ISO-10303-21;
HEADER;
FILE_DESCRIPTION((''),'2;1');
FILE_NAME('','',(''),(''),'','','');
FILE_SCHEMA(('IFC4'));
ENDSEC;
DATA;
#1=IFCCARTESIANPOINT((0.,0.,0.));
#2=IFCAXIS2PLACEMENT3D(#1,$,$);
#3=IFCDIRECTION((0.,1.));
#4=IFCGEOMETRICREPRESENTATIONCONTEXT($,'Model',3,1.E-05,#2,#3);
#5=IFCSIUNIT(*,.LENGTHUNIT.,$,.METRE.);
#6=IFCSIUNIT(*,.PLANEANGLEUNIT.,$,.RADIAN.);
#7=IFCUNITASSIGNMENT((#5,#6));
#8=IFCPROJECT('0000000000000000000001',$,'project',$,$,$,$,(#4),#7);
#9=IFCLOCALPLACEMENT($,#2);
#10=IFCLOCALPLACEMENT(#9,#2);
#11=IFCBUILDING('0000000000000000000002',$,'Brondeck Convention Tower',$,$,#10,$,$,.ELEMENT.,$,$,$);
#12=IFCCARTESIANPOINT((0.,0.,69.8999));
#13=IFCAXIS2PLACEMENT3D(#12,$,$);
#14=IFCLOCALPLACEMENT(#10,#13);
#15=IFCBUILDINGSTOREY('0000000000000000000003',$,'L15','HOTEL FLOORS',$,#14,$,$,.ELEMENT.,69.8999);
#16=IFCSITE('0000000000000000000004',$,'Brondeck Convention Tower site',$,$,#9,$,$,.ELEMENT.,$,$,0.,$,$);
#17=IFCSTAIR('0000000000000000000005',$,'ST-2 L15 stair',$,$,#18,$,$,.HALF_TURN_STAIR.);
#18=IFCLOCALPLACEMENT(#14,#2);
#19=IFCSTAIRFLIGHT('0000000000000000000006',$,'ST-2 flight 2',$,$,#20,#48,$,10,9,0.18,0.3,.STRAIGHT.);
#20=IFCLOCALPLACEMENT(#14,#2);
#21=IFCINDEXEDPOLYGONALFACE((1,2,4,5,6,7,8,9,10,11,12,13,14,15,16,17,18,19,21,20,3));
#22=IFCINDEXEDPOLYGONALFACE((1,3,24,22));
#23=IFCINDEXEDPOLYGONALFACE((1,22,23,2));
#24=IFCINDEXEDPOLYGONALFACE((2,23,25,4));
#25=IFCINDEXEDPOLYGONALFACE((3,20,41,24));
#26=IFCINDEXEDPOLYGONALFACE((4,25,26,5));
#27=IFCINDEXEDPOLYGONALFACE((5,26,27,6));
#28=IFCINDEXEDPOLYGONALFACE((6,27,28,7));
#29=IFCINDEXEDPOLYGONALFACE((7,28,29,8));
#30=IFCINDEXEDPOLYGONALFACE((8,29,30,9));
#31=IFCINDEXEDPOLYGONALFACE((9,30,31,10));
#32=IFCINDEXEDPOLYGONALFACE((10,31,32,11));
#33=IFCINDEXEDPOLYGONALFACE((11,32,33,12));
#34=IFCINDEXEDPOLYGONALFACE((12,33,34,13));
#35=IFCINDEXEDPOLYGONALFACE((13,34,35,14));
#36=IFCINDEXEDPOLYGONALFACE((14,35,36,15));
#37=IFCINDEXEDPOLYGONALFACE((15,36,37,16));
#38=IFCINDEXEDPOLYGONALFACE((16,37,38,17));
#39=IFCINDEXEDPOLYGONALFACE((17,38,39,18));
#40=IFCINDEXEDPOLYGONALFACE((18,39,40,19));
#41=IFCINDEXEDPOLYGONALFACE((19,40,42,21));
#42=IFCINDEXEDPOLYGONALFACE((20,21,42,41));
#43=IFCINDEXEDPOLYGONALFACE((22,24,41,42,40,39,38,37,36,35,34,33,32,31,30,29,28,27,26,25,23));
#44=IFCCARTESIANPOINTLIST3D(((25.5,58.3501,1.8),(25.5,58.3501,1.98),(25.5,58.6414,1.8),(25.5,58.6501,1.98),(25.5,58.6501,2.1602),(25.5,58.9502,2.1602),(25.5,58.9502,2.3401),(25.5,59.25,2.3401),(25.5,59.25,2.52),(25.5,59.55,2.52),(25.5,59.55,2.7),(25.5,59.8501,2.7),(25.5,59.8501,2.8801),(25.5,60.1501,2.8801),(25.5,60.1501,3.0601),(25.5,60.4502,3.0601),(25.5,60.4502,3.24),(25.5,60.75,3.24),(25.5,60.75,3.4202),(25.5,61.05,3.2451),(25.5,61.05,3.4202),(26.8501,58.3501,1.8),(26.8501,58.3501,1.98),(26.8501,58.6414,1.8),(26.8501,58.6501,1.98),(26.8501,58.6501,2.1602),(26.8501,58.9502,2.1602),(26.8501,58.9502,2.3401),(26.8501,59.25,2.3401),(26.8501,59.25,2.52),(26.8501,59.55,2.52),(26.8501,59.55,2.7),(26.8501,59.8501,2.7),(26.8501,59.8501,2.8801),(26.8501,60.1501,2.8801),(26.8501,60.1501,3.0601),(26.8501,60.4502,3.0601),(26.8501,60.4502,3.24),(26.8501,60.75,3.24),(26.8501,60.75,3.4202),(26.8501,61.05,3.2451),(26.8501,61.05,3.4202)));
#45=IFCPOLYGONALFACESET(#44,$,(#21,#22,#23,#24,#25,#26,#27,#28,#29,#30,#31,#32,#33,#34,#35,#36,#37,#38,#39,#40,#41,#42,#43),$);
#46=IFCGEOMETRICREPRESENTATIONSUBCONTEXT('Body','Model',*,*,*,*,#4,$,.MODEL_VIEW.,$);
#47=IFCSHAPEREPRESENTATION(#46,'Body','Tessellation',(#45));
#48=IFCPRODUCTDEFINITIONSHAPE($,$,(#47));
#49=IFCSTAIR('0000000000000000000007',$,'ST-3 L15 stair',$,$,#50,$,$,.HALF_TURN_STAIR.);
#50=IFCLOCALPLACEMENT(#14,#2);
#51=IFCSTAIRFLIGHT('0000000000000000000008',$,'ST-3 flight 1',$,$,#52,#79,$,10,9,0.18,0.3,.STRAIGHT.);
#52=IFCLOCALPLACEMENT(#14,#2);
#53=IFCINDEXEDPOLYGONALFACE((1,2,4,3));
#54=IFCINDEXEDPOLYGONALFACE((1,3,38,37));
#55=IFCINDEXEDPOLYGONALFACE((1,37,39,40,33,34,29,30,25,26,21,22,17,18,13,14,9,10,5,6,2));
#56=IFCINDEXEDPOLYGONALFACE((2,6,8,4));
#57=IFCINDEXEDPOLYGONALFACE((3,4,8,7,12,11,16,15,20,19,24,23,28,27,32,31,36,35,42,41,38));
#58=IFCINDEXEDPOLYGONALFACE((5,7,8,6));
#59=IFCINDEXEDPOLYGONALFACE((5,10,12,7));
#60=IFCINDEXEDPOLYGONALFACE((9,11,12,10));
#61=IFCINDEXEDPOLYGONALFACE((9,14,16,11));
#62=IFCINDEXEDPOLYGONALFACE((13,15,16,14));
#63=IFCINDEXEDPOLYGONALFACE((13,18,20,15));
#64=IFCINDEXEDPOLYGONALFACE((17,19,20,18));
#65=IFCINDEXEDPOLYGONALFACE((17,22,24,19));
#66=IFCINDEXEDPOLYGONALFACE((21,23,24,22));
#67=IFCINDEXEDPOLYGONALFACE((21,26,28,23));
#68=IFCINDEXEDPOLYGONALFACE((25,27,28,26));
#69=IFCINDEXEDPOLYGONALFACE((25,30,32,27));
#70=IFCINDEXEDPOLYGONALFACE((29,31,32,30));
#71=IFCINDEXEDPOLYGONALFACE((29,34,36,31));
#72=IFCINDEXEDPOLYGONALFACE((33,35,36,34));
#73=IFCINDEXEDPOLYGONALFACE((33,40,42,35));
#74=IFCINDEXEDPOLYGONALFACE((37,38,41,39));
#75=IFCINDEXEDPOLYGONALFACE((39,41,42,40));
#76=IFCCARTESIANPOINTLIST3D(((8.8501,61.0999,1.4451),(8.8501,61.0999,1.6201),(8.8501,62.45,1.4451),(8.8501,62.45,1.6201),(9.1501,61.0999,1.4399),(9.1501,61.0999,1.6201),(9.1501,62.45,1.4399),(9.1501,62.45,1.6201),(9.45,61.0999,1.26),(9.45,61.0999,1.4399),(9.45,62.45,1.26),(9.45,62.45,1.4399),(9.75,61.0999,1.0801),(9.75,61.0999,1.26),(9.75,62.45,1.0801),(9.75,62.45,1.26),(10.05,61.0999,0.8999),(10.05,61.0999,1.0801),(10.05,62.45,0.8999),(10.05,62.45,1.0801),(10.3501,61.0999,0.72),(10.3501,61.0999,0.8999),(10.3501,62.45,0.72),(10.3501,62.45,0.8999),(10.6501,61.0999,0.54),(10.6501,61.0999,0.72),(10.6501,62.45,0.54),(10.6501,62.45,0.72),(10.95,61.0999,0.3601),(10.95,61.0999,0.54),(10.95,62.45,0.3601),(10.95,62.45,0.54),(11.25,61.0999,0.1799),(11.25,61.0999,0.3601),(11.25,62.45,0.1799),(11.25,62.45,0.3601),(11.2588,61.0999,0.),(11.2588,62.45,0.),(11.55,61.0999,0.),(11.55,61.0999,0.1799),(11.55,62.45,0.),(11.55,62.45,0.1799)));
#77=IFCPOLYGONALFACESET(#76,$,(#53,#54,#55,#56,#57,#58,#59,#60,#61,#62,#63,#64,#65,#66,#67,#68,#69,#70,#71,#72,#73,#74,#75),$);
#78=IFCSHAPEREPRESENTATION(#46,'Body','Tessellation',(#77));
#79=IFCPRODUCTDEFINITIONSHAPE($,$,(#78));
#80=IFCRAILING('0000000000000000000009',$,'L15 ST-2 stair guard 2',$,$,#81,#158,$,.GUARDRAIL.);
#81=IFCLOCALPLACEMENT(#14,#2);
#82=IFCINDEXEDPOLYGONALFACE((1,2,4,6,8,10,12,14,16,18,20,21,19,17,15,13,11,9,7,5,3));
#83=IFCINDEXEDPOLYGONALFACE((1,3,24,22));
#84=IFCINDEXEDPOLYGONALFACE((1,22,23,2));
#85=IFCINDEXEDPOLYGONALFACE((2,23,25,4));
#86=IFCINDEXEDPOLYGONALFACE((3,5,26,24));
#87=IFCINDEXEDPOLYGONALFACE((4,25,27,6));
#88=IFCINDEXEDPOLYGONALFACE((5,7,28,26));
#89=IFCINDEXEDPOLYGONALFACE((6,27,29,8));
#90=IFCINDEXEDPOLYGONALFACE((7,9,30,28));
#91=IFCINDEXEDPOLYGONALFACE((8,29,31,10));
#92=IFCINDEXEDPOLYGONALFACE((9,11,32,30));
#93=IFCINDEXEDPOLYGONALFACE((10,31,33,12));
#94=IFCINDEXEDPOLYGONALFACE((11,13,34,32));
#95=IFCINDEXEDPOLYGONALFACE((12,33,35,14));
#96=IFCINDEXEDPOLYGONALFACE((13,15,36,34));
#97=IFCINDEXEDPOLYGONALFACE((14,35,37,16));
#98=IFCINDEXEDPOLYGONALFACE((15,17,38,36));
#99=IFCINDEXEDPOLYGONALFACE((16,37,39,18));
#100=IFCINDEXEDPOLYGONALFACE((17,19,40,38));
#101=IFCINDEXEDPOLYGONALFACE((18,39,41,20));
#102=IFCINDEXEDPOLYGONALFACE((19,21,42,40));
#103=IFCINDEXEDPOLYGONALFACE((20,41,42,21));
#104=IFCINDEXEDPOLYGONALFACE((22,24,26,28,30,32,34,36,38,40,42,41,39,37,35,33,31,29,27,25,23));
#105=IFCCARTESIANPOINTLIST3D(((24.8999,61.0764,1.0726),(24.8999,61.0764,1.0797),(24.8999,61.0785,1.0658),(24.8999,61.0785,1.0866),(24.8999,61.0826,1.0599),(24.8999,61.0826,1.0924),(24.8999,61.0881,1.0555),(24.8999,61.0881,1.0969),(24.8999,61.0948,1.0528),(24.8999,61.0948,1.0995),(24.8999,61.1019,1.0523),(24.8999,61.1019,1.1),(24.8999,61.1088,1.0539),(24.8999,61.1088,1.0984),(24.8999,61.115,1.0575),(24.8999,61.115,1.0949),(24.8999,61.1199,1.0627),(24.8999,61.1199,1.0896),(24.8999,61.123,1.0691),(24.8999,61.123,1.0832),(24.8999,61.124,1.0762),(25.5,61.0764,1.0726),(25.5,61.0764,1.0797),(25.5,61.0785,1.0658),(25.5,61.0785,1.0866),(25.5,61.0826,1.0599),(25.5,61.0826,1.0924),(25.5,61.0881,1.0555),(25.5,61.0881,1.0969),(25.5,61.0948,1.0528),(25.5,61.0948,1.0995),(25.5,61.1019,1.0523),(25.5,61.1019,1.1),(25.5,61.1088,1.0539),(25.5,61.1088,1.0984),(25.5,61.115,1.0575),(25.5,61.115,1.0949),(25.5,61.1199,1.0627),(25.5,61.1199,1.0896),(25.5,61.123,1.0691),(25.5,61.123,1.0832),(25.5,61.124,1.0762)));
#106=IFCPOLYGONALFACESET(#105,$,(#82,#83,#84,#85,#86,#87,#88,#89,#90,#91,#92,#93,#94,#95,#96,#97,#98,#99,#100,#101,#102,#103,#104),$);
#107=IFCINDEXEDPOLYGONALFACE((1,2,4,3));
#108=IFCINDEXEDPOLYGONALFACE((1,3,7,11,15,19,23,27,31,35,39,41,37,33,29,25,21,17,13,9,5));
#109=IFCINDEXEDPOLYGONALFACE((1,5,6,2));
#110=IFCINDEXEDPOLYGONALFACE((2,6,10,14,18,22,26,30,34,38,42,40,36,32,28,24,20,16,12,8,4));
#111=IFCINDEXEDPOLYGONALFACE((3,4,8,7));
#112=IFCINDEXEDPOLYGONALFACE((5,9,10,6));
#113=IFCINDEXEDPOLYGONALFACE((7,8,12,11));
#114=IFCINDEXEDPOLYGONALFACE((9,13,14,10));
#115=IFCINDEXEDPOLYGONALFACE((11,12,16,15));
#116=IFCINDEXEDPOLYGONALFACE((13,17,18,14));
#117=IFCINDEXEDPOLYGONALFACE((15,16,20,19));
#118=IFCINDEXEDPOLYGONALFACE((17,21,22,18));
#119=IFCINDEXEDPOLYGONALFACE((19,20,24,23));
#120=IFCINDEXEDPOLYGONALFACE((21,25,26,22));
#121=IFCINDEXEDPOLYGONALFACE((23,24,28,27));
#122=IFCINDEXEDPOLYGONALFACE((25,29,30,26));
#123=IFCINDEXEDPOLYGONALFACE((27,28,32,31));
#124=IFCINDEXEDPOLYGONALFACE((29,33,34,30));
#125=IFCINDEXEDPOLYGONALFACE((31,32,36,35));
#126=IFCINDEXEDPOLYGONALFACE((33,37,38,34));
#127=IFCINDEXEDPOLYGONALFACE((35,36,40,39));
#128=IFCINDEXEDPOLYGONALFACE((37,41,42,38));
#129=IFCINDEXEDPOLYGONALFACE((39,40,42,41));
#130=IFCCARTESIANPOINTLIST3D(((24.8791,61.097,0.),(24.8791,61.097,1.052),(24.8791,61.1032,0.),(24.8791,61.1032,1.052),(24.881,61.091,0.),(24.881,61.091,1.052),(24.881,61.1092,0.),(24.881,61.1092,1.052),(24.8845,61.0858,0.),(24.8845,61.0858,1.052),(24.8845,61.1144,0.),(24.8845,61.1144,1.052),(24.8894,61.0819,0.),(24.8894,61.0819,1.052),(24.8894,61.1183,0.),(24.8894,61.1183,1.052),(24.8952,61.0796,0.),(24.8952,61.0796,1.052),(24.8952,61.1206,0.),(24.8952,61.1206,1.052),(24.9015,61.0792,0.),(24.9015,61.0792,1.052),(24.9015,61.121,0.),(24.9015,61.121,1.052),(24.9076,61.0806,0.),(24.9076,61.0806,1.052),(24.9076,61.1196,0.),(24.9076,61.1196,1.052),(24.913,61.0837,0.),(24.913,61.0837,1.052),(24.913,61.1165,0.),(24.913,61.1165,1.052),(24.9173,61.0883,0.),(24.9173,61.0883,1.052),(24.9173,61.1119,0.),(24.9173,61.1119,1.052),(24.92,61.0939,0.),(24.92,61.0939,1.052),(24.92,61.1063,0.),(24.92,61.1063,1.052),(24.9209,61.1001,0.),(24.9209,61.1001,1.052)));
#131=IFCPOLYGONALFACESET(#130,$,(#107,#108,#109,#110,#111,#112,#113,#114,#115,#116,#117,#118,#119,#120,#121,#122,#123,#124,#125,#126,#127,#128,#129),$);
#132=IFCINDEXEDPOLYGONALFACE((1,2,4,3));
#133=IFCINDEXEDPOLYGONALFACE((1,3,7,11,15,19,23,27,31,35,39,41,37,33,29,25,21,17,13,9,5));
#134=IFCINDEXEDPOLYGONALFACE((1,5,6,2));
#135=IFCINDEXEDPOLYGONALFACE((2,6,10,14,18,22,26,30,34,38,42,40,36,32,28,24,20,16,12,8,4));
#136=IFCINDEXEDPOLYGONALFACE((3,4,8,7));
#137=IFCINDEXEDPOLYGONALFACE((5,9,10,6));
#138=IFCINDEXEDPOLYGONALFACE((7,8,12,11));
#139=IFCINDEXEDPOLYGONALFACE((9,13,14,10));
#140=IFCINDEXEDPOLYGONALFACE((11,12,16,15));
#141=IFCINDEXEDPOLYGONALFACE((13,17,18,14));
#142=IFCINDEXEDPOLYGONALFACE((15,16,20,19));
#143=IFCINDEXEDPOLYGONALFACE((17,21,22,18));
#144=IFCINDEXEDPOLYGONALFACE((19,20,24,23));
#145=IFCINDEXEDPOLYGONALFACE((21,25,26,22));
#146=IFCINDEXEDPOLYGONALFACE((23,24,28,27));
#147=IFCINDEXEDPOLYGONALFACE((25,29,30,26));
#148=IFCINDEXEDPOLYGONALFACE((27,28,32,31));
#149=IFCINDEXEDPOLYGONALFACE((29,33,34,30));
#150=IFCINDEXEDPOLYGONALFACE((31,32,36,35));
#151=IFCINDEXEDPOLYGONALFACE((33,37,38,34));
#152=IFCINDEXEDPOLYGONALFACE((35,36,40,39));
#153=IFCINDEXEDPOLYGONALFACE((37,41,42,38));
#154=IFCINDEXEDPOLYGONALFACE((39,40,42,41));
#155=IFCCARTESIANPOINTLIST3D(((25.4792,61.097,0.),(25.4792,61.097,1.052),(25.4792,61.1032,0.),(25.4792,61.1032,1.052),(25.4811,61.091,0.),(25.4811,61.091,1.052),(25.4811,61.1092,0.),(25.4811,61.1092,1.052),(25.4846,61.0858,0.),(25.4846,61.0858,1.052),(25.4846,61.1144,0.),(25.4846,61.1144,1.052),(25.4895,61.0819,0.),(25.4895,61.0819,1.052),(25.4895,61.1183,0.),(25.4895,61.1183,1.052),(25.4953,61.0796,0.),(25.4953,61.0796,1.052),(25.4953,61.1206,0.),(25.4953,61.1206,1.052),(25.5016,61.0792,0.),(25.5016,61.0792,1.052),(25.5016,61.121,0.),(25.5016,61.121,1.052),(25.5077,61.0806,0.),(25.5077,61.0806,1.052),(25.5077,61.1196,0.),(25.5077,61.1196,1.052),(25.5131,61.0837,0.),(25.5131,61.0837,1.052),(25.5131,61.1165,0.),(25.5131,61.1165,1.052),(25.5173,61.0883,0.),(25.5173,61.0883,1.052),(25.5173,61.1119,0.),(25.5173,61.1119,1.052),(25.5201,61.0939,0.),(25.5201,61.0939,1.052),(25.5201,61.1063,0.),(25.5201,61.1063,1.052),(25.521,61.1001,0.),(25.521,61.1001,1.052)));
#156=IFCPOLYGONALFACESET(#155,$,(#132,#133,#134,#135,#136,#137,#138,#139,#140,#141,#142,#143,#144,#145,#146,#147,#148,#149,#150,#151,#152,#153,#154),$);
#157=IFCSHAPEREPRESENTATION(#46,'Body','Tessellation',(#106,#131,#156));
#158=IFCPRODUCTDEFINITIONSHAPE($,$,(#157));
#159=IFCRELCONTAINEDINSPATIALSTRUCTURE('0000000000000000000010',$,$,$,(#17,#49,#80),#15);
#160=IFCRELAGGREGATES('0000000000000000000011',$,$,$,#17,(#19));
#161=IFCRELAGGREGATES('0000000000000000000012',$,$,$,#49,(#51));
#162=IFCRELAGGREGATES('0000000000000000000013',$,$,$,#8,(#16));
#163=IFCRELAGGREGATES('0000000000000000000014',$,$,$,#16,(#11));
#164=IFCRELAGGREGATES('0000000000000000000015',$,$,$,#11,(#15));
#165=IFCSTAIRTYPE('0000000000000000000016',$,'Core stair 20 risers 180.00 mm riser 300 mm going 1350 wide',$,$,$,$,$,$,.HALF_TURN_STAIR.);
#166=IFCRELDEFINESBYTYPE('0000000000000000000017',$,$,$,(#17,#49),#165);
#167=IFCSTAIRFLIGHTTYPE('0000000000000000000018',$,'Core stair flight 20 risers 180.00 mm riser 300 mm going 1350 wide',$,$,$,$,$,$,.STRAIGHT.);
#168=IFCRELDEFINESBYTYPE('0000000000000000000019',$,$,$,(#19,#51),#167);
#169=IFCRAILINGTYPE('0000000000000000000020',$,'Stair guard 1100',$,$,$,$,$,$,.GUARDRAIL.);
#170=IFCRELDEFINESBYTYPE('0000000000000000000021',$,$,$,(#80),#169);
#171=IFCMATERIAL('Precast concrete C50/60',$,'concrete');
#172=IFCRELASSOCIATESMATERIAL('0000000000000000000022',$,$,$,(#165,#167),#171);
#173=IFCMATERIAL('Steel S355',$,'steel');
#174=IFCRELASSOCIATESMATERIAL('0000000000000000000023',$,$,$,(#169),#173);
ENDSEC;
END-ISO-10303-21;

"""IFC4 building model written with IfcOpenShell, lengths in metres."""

from ifc_helpers import new_model, si_unit, direction, frame, origin, origin_2d, place, context, subcontext, project, spatial, polyline, circle, outline, extrude, material, type_object, element, aggregate, save


model = new_model("IFC4")

# Units and contexts
model_context = context("Model", 3, precision=1e-05, world=origin(), true_north=direction((0.0, 1.0)))
body_context = subcontext(model_context, "Body", "Model", "MODEL_VIEW")
ifc_project = project(units=[si_unit("LENGTHUNIT", "METRE"), si_unit("PLANEANGLEUNIT", "RADIAN")], contexts=[model_context])

# Site, building, storey
site_placement = place(None, origin())
site = spatial("IfcSite", under=ifc_project, at=site_placement, Name="Brondeck Convention Tower site", CompositionType="ELEMENT", RefElevation=0.0)
building_placement = place(site_placement, origin())
building = spatial("IfcBuilding", under=site, at=building_placement, Name="Brondeck Convention Tower", CompositionType="ELEMENT")
storey_placement = place(building_placement, frame((0.0, 0.0, 69.8999)))
storey = spatial("IfcBuildingStorey", under=building, at=storey_placement, Name="L15", Description="HOTEL FLOORS", CompositionType="ELEMENT", Elevation=69.8999)

# Stair, stair flight
ifc_material_1 = material(Name="Precast concrete C50/60", Category="concrete")
stair_type = type_object("IfcStairType", Name="Core stair 20 risers 180.00 mm riser 300 mm going 1350 wide", PredefinedType="HALF_TURN_STAIR", material=ifc_material_1)
stair_1_placement = place(storey_placement, origin())
stair_1 = element("IfcStair", 1, at=stair_1_placement, inside=storey, type_object=stair_type, Name="ST-2 L15 stair", PredefinedType="HALF_TURN_STAIR")
stair_flight_type = type_object("IfcStairFlightType", Name="Core stair flight 20 risers 180.00 mm riser 300 mm going 1350 wide", PredefinedType="STRAIGHT", material=ifc_material_1)
stair_flight_1_placement = place(storey_placement, frame((26.175, 58.3501, 1.8), z_axis=(0.0, 0.0, 1.0), x_axis=(0.0, 1.0, 0.0)))
stair_flight_1 = element("IfcStairFlight", 2, at=stair_flight_1_placement, type_object=stair_flight_type, Name="ST-2 flight 2", NumberOfRisers=10, NumberOfTreads=9, PredefinedType="STRAIGHT", RiserHeight=0.18, TreadLength=0.3, context=body_context, shape_type="SweptSolid", body=[
    extrude(outline(polyline([(0.0, 0.0), (0.0, 0.1799), (0.3, 0.1799), (0.3, 0.3601), (0.6001, 0.3601), (0.6001, 0.54), (0.8999, 0.54), (0.8999, 0.72), (1.2, 0.72), (1.2, 0.8999), (1.5, 0.8999), (1.5, 1.0801), (1.8, 1.0801), (1.8, 1.26), (2.1001, 1.26), (2.1001, 1.4399), (2.3999, 1.4399), (2.3999, 1.6201), (2.7, 1.6201), (2.7, 1.8), (2.7, 1.4451), (0.2913, 0.0), (0.0, 0.0)])), frame((0.0, 0.675, 0.0), z_axis=(0.0, -1.0, 0.0), x_axis=(1.0, 0.0, 0.0)), (0.0, 0.0, 1.0), 1.3501),
])
aggregate(stair_1, [stair_flight_1])

# Stair, stair flight
stair_2_placement = place(storey_placement, origin())
stair_2 = element("IfcStair", 3, at=stair_2_placement, inside=storey, type_object=stair_type, Name="ST-3 L15 stair", PredefinedType="HALF_TURN_STAIR")
stair_flight_2_placement = place(storey_placement, frame((11.55, 61.7749, 0.0), z_axis=(0.0, 0.0, 1.0), x_axis=(-1.0, 0.0, 0.0)))
stair_flight_2 = element("IfcStairFlight", 4, at=stair_flight_2_placement, type_object=stair_flight_type, Name="ST-3 flight 1", NumberOfRisers=10, NumberOfTreads=9, PredefinedType="STRAIGHT", RiserHeight=0.18, TreadLength=0.3, context=body_context, shape_type="SweptSolid", body=[
    extrude(outline(polyline([(0.0, 0.0), (0.0, 0.1799), (0.3, 0.1799), (0.3, 0.3601), (0.6001, 0.3601), (0.6001, 0.54), (0.8999, 0.54), (0.8999, 0.72), (1.2, 0.72), (1.2, 0.8999), (1.5, 0.8999), (1.5, 1.0801), (1.8, 1.0801), (1.8, 1.26), (2.1001, 1.26), (2.1001, 1.4399), (2.3999, 1.4399), (2.3999, 1.6201), (2.7, 1.6201), (2.7, 1.8), (2.7, 1.4451), (0.2913, 0.0), (0.0, 0.0)])), frame((0.0, 0.675, 0.0), z_axis=(0.0, -1.0, 0.0), x_axis=(1.0, 0.0, 0.0)), (0.0, 0.0, 1.0), 1.3501),
])
aggregate(stair_2, [stair_flight_2])

# Railing
ifc_material_2 = material(Name="Steel S355", Category="steel")
railing_type_1 = type_object("IfcRailingType", Name="Stair guard 1100", PredefinedType="GUARDRAIL", material=ifc_material_2)
railing_1_placement = place(storey_placement, frame((24.8999, 61.1001, 0.0)))
element("IfcRailing", 5, at=railing_1_placement, inside=storey, type_object=railing_type_1, Name="L15 ST-2 stair guard 2", PredefinedType="GUARDRAIL", context=body_context, shape_type="SweptSolid", body=[
    extrude(circle(Radius=0.0239, at=origin_2d()), frame((0.0, 0.0, 1.0762), z_axis=(1.0, 0.0, 0.0), x_axis=(0.0, 1.0, 0.0)), (0.0, 0.0, 1.0), 0.6001),
    extrude(circle(Radius=0.021, at=origin_2d()), origin(), (0.0, 0.0, 1.0), 1.052),
    extrude(circle(Radius=0.021, at=origin_2d()), frame((0.6001, 0.0, 0.0)), (0.0, 0.0, 1.0), 1.052),
])

save(model, "model.ifc")
